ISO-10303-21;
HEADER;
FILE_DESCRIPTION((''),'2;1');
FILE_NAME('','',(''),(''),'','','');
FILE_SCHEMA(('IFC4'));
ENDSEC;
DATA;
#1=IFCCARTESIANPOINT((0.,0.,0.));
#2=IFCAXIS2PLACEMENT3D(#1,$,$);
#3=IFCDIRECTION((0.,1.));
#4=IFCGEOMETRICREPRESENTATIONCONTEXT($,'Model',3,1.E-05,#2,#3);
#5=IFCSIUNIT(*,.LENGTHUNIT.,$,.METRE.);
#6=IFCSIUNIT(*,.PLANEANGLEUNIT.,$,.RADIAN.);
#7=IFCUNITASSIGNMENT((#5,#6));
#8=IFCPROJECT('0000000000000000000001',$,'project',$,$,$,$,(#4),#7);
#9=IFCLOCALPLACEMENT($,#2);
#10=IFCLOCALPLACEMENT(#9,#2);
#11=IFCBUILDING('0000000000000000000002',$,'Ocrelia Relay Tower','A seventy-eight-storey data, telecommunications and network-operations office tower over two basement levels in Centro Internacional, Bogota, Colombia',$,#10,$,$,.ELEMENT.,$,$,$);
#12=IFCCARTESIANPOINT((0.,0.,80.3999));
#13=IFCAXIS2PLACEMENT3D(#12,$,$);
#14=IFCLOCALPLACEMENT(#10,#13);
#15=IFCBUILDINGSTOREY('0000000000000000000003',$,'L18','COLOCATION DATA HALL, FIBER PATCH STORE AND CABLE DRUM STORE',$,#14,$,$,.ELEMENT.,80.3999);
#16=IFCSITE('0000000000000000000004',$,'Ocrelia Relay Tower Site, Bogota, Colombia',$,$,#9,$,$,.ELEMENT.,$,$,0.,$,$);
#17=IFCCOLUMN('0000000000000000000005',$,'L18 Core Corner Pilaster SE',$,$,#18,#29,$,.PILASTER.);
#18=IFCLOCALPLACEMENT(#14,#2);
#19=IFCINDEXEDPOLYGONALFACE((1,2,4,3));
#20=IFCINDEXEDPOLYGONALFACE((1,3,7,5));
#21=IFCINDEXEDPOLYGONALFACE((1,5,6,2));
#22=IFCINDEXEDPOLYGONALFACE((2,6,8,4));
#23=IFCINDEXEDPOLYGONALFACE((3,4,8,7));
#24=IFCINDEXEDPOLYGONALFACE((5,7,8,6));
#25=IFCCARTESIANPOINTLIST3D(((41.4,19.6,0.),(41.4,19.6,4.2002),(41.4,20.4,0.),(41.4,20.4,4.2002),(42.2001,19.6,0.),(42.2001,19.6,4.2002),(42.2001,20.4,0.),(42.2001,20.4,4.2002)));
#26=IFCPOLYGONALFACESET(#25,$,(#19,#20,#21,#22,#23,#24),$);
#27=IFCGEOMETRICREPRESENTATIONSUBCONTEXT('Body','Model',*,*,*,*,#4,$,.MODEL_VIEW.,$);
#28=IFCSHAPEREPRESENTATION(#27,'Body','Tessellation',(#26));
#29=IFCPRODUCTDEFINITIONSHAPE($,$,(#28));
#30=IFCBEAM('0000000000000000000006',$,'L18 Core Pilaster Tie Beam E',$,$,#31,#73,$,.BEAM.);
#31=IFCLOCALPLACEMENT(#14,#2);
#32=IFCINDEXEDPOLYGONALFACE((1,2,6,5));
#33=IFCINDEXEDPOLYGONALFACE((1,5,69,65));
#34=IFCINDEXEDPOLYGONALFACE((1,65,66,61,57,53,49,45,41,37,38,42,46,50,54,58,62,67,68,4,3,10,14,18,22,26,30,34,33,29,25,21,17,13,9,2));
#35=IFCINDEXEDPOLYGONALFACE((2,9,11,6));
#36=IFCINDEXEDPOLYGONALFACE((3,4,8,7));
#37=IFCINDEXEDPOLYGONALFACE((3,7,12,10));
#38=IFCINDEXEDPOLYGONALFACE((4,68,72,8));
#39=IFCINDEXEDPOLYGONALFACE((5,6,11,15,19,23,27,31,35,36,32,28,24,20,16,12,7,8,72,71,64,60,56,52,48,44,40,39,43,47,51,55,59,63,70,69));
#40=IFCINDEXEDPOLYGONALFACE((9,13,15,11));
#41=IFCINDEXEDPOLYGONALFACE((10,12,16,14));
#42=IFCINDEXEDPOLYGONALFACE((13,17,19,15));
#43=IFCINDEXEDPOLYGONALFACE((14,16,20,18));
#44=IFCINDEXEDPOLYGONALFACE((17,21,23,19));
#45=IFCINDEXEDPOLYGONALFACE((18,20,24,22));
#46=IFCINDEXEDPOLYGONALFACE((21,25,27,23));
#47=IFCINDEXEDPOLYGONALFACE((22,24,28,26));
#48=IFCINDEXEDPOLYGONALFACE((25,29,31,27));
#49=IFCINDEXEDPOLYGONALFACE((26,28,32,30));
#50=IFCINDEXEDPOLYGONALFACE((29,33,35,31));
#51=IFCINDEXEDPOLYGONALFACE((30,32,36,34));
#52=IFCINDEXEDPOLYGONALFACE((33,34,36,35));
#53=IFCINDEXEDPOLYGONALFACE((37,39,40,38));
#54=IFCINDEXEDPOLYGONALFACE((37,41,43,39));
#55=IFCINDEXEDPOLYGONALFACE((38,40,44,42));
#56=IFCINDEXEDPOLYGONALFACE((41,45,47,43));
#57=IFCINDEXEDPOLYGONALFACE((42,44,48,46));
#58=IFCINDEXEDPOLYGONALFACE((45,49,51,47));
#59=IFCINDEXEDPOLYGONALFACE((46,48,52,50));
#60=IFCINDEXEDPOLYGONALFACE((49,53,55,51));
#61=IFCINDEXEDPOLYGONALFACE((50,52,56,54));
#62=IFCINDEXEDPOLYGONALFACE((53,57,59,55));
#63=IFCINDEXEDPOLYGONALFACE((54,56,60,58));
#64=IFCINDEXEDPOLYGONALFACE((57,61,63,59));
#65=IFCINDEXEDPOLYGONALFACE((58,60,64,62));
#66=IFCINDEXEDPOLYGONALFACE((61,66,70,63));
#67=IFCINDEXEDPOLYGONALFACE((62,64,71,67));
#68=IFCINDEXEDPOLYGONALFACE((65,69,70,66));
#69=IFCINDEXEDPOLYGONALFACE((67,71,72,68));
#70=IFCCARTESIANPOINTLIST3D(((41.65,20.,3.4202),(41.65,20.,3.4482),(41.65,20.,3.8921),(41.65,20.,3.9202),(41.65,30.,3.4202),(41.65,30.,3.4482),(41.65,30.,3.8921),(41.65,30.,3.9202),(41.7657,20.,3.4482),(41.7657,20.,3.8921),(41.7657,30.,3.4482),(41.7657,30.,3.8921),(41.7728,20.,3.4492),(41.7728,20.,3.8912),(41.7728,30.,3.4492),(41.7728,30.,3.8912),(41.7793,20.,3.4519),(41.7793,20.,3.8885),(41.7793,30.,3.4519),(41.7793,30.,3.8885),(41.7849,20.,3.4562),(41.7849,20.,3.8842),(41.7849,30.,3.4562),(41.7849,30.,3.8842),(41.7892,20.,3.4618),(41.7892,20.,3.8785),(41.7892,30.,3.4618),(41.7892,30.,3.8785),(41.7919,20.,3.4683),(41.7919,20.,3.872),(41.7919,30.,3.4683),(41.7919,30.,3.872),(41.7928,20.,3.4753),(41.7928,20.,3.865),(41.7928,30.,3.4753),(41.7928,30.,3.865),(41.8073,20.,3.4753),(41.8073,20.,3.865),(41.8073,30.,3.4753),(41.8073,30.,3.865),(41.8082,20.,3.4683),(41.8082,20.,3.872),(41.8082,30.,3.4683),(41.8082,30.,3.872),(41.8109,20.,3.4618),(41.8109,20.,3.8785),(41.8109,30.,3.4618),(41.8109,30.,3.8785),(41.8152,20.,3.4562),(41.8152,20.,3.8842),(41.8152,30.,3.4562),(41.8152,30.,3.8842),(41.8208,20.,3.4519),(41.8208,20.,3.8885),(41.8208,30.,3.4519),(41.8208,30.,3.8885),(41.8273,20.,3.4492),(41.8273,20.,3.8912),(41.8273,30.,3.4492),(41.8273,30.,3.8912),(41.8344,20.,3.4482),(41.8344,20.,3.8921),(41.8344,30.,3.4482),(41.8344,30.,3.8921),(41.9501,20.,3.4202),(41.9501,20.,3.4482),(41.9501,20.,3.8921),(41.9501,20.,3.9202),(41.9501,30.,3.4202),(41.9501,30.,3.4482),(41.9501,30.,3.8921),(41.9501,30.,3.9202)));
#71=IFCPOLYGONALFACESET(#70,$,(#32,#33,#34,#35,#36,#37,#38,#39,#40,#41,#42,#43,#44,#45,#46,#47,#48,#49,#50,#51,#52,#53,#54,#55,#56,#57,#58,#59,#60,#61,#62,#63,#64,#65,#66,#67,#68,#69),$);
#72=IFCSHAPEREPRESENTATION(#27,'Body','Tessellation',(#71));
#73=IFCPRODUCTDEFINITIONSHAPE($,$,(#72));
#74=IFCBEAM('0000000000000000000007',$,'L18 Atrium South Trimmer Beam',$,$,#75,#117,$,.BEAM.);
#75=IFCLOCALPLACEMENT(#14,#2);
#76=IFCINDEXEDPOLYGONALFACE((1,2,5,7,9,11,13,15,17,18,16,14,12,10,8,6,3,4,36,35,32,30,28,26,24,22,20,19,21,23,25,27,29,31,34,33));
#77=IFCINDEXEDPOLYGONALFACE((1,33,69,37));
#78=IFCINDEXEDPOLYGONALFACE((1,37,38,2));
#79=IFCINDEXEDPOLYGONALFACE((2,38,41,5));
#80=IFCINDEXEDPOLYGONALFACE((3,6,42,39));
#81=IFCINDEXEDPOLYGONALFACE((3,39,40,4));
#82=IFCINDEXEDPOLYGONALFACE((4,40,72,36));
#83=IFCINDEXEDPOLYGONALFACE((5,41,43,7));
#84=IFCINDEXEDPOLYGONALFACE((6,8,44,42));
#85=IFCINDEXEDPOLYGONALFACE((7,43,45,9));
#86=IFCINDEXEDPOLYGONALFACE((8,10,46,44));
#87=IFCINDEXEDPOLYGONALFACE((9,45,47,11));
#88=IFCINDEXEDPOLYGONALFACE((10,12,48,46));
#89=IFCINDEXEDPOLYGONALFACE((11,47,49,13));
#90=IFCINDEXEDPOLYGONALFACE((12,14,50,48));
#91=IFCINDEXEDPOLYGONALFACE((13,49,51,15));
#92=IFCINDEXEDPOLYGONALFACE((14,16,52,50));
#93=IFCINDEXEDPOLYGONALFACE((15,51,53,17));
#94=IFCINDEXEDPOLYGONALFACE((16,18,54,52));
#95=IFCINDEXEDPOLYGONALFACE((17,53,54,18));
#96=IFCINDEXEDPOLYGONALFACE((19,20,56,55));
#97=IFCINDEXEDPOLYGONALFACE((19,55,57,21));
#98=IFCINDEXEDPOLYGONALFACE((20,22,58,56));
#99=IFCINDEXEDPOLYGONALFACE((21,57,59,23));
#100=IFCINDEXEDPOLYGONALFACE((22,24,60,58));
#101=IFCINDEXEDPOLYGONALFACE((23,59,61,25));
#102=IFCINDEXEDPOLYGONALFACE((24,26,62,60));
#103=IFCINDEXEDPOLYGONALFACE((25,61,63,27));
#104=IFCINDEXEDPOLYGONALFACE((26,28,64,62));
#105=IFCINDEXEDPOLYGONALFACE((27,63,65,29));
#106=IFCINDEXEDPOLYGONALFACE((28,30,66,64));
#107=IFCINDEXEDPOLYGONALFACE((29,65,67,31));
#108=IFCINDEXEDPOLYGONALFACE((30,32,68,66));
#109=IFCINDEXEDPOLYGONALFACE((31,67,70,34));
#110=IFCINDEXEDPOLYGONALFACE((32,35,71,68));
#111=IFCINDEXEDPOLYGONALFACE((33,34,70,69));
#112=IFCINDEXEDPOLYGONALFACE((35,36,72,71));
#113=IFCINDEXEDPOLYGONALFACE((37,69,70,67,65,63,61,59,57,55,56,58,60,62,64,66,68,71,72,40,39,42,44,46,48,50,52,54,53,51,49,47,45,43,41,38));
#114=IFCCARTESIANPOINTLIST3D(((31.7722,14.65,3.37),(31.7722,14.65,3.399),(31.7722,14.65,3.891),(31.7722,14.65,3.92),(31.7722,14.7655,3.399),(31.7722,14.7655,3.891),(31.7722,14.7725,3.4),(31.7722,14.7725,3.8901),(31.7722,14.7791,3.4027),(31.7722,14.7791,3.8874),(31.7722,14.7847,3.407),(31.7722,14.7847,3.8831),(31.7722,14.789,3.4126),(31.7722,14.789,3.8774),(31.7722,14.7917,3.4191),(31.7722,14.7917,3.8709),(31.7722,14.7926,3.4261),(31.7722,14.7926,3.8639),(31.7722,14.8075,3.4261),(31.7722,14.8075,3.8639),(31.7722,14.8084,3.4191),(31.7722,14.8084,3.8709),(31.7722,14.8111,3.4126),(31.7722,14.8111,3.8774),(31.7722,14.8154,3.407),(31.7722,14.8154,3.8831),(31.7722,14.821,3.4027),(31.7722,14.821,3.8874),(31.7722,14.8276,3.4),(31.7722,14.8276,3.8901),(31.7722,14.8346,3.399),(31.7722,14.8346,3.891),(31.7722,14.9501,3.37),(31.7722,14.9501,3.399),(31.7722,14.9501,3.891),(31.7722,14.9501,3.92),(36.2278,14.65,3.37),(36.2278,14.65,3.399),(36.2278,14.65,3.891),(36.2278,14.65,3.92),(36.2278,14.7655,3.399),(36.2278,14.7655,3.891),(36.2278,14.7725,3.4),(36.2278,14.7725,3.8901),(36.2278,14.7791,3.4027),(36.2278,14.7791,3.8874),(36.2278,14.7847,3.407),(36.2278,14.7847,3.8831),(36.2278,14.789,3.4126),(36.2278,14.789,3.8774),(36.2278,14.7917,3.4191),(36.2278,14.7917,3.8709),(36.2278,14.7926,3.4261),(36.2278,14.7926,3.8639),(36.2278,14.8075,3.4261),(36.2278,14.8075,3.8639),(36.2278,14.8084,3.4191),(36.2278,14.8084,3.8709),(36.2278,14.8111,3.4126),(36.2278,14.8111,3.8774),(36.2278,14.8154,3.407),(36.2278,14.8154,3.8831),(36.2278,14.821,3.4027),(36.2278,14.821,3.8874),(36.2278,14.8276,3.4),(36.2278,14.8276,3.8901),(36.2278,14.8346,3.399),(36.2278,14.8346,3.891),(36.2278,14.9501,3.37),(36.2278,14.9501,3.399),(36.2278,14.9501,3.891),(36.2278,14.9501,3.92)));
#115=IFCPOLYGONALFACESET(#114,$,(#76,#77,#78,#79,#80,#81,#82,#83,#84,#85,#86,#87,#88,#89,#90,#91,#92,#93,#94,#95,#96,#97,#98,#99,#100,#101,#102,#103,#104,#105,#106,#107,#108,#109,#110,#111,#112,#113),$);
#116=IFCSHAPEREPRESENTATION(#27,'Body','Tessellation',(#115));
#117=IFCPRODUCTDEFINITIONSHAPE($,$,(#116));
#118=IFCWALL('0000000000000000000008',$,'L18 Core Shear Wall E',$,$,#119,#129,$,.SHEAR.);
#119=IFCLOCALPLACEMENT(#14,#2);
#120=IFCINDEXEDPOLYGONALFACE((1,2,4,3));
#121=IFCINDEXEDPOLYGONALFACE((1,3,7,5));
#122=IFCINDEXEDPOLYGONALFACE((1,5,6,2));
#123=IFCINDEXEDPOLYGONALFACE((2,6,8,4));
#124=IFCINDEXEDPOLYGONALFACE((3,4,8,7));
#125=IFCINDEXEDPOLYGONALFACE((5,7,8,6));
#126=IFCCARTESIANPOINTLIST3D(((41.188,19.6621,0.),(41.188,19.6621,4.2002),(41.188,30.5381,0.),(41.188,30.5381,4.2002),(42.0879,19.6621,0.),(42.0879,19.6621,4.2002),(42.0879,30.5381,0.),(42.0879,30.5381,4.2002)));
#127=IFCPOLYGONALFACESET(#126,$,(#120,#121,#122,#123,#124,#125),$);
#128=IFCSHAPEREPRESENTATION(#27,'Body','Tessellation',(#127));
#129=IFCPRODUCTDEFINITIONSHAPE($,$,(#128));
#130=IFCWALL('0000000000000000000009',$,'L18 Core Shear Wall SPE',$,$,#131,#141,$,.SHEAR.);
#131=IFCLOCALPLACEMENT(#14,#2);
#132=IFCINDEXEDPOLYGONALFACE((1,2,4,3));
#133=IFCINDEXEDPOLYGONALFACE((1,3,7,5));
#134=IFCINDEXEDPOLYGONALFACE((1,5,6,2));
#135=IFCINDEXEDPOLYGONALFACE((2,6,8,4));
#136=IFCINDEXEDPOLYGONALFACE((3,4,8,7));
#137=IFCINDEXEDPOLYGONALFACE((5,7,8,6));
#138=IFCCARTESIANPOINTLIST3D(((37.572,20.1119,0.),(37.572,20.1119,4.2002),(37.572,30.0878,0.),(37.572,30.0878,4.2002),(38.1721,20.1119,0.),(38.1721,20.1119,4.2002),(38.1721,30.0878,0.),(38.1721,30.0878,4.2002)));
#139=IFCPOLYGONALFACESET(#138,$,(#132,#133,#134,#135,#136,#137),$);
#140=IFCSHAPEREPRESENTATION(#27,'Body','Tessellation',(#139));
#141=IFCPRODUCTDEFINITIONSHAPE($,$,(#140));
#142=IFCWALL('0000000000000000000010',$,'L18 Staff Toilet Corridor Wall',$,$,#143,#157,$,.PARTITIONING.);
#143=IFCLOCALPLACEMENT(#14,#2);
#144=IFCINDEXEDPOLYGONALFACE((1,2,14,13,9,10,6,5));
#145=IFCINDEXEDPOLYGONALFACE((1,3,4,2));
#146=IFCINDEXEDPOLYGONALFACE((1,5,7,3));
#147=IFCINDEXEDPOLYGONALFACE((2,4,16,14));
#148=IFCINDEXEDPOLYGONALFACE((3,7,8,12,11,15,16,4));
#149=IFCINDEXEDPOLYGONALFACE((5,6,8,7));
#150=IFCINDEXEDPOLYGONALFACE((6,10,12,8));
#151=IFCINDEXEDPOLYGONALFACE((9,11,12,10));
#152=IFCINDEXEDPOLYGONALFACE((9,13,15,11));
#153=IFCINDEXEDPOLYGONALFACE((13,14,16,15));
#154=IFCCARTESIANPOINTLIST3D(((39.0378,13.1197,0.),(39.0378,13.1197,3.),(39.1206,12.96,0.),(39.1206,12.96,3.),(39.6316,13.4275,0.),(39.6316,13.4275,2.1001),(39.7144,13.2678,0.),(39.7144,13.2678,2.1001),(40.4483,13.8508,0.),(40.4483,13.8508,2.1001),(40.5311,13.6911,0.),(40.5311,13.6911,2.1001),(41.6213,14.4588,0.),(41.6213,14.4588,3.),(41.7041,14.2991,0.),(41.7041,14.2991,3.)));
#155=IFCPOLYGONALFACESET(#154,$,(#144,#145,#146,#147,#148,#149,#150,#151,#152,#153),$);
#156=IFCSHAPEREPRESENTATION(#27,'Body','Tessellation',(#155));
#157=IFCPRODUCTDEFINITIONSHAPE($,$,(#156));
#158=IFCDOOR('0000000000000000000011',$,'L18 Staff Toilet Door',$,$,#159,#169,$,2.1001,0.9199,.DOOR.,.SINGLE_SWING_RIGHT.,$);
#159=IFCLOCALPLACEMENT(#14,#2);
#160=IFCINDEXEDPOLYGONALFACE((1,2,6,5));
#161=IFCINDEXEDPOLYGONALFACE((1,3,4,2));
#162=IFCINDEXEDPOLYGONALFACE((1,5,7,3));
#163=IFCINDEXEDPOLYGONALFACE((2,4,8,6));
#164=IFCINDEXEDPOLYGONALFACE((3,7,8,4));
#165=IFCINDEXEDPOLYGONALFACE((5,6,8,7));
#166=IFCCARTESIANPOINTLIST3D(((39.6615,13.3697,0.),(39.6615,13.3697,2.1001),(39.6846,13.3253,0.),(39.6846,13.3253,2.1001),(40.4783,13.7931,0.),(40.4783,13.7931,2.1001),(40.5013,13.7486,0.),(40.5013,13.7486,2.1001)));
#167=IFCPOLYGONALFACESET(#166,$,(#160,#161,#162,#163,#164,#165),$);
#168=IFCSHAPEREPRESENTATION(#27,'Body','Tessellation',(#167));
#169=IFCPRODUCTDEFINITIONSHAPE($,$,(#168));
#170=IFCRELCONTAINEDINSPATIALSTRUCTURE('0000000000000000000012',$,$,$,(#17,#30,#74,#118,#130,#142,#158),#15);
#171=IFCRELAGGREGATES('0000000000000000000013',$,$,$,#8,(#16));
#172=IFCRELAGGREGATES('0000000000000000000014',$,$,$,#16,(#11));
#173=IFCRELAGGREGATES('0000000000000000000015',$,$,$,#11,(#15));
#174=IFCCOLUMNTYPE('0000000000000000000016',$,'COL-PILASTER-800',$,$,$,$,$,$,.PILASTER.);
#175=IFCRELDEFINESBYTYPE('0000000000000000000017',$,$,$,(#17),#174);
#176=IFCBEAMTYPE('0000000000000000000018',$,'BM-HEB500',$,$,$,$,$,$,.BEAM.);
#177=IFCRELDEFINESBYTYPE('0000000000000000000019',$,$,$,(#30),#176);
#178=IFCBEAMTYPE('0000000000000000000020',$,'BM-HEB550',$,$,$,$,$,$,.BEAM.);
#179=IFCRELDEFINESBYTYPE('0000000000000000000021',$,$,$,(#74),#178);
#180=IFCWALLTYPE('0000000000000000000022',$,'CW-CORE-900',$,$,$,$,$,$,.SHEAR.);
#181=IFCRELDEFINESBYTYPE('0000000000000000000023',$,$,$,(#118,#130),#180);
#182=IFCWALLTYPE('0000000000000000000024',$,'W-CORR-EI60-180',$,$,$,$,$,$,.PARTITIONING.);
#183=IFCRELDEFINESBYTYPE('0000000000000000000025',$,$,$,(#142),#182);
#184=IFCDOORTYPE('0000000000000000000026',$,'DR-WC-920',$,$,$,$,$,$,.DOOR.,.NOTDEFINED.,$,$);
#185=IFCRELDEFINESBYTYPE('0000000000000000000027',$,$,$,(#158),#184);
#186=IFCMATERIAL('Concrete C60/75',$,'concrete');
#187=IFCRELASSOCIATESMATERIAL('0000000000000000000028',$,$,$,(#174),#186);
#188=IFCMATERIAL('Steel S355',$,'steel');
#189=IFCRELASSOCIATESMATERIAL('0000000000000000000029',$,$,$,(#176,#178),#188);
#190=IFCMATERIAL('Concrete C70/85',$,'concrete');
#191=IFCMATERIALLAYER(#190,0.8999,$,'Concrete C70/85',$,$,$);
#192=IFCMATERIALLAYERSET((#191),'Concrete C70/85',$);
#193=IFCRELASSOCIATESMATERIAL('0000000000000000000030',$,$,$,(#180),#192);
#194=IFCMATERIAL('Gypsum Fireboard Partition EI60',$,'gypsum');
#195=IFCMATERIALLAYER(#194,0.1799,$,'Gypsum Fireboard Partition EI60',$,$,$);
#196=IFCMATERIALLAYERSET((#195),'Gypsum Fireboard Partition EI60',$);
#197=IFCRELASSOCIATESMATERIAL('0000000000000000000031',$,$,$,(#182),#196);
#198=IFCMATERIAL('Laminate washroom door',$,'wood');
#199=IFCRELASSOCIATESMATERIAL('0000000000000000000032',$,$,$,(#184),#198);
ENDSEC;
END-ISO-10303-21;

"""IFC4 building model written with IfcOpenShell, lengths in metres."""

from ifc_helpers import new_model, si_unit, direction, frame, frame_2d, origin, origin_2d, place, context, subcontext, project, spatial, rectangle, i_section, extrude, material, layer, layer_set, material_profile, profile_set, type_object, element, fill, save


model = new_model("IFC4")

# Units and contexts
model_context = context("Model", 3, precision=1e-05, world=origin(), true_north=direction((0.0, 1.0)))
body_context = subcontext(model_context, "Body", "Model", "MODEL_VIEW")
ifc_project = project(units=[si_unit("LENGTHUNIT", "METRE"), si_unit("PLANEANGLEUNIT", "RADIAN")], contexts=[model_context])

# Site, building, storey
site_placement = place(None, origin())
site = spatial("IfcSite", under=ifc_project, at=site_placement, Name="Ocrelia Relay Tower Site, Bogota, Colombia", CompositionType="ELEMENT", RefElevation=0.0)
building_placement = place(site_placement, origin())
building = spatial("IfcBuilding", under=site, at=building_placement, Name="Ocrelia Relay Tower", Description="A seventy-eight-storey data, telecommunications and network-operations office tower over two basement levels in Centro Internacional, Bogota, Colombia", CompositionType="ELEMENT")
storey_placement = place(building_placement, frame((0.0, 0.0, 80.3999)))
storey = spatial("IfcBuildingStorey", under=building, at=storey_placement, Name="L18", Description="COLOCATION DATA HALL, FIBER PATCH STORE AND CABLE DRUM STORE", CompositionType="ELEMENT", Elevation=80.3999)

# Column
ifc_material_1 = material(Name="Concrete C60/75", Category="concrete")
ifc_material_profile_1 = material_profile(ifc_material_1, rectangle(XDim=0.8, YDim=0.8, at=origin_2d()), Name="RC-COL-800x800")
ifc_profile_set_1 = profile_set([ifc_material_profile_1], Name="Concrete C60/75")
column_type = type_object("IfcColumnType", Name="COL-PILASTER-800", PredefinedType="PILASTER", material=ifc_profile_set_1)
column_placement = place(storey_placement, frame((41.8, 20.0, 0.0), z_axis=(0.0, 0.0, 1.0), x_axis=(1.0, 0.0, 0.0)))
element("IfcColumn", 1, at=column_placement, inside=storey, type_object=column_type, Name="L18 Core Corner Pilaster SE", PredefinedType="PILASTER", context=body_context, shape_type="SweptSolid", body=[
    extrude(rectangle(XDim=0.8, YDim=0.8, at=origin_2d()), origin(), (0.0, 0.0, 1.0), 4.2002),
])

# Beams
ifc_material_2 = material(Name="Steel S355", Category="steel")
ifc_material_profile_2 = material_profile(ifc_material_2, i_section(OverallWidth=0.3, OverallDepth=0.5, WebThickness=0.0144, FlangeThickness=0.0281, FilletRadius=0.0271, at=origin_2d()), Name="HEB 500")
ifc_profile_set_2 = profile_set([ifc_material_profile_2], Name="Steel S355")
beam_type_1 = type_object("IfcBeamType", Name="BM-HEB500", PredefinedType="BEAM", material=ifc_profile_set_2)
beam_1_placement = place(storey_placement, frame((41.8, 20.0, 3.6702), z_axis=(0.0, 1.0, 0.0), x_axis=(-1.0, 0.0, 0.0)))
element("IfcBeam", 2, at=beam_1_placement, inside=storey, type_object=beam_type_1, Name="L18 Core Pilaster Tie Beam E", PredefinedType="BEAM", context=body_context, shape_type="SweptSolid", body=[
    extrude(i_section(OverallWidth=0.3, OverallDepth=0.5, WebThickness=0.0144, FlangeThickness=0.0281, FilletRadius=0.0271, at=origin_2d()), origin(), (0.0, 0.0, 1.0), 10.0),
])
ifc_material_profile_3 = material_profile(ifc_material_2, i_section(OverallWidth=0.3, OverallDepth=0.55, WebThickness=0.0149, FlangeThickness=0.0291, FilletRadius=0.0271, at=origin_2d()), Name="HEB 550")
ifc_profile_set_3 = profile_set([ifc_material_profile_3], Name="Steel S355")
beam_type_2 = type_object("IfcBeamType", Name="BM-HEB550", PredefinedType="BEAM", material=ifc_profile_set_3)
beam_2_placement = place(storey_placement, frame((31.7722, 14.8, 3.645), z_axis=(1.0, 0.0, 0.0), x_axis=(0.0, 1.0, 0.0)))
element("IfcBeam", 3, at=beam_2_placement, inside=storey, type_object=beam_type_2, Name="L18 Atrium South Trimmer Beam", PredefinedType="BEAM", context=body_context, shape_type="SweptSolid", body=[
    extrude(i_section(OverallWidth=0.3, OverallDepth=0.55, WebThickness=0.0149, FlangeThickness=0.0291, FilletRadius=0.0271, at=origin_2d()), origin(), (0.0, 0.0, 1.0), 4.4556),
])

# Walls
ifc_material_3 = material(Name="Concrete C70/85", Category="concrete")
ifc_layer_1 = layer(ifc_material_3, 0.8999, Name="Concrete C70/85")
ifc_layer_set_1 = layer_set([ifc_layer_1], Name="Concrete C70/85")
wall_type_1 = type_object("IfcWallType", Name="CW-CORE-900", PredefinedType="SHEAR", material=ifc_layer_set_1)
wall_1_placement = place(storey_placement, frame((41.6379, 19.6621, 0.0), z_axis=(0.0, 0.0, 1.0), x_axis=(0.0, 1.0, 0.0)))
element("IfcWall", 4, at=wall_1_placement, inside=storey, type_object=wall_type_1, Name="L18 Core Shear Wall E", PredefinedType="SHEAR", context=body_context, shape_type="SweptSolid", body=[
    extrude(rectangle(XDim=10.876, YDim=0.8999, at=frame_2d((5.438, 0.0))), origin(), (0.0, 0.0, 1.0), 4.2002),
])
wall_2_placement = place(storey_placement, frame((37.8721, 20.1121, 0.0), z_axis=(0.0, 0.0, 1.0), x_axis=(0.0, 1.0, 0.0)))
element("IfcWall", 5, at=wall_2_placement, inside=storey, type_object=wall_type_1, Name="L18 Core Shear Wall SPE", PredefinedType="SHEAR", context=body_context, shape_type="SweptSolid", body=[
    extrude(rectangle(XDim=9.9758, YDim=0.6001, at=frame_2d((4.9878, 0.0))), origin(), (0.0, 0.0, 1.0), 4.2002),
])

# Wall, opening, door
ifc_material_4 = material(Name="Gypsum Fireboard Partition EI60", Category="gypsum")
ifc_layer_2 = layer(ifc_material_4, 0.1799, Name="Gypsum Fireboard Partition EI60")
ifc_layer_set_2 = layer_set([ifc_layer_2], Name="Gypsum Fireboard Partition EI60")
wall_type_2 = type_object("IfcWallType", Name="W-CORR-EI60-180", PredefinedType="PARTITIONING", material=ifc_layer_set_2)
wall_3_placement = place(storey_placement, frame((39.0791, 13.0398, 0.0), z_axis=(0.0, 0.0, 1.0), x_axis=(0.887822, 0.460187, 0.0)))
wall_3 = element("IfcWall", 6, at=wall_3_placement, inside=storey, type_object=wall_type_2, Name="L18 Staff Toilet Corridor Wall", PredefinedType="PARTITIONING", context=body_context, shape_type="SweptSolid", body=[
    extrude(rectangle(XDim=2.9099, YDim=0.1799, at=frame_2d((1.4551, 0.0))), origin(), (0.0, 0.0, 1.0), 3.0),
])
opening_1_placement = place(wall_3_placement, frame((0.6689, 0.0, 0.0)))
opening_1 = element("IfcOpeningElement", 7, at=opening_1_placement, cuts=wall_3, PredefinedType="OPENING", context=body_context, shape_type="SweptSolid", body=[
    extrude(rectangle(XDim=0.9199, YDim=2.1001, at=frame_2d((0.46, 1.05))), frame((0.0, 0.1001, 0.0), z_axis=(0.0, -1.0, 0.0), x_axis=(1.0, 0.0, 0.0)), (0.0, 0.0, 1.0), 0.2),
])
ifc_material_5 = material(Name="Laminate washroom door", Category="wood")
door_type_1 = type_object("IfcDoorType", Name="DR-WC-920", OperationType="NOTDEFINED", PredefinedType="DOOR", material=ifc_material_5)
door_1_placement = place(opening_1_placement, origin())
door_1 = element("IfcDoor", 8, at=door_1_placement, inside=storey, type_object=door_type_1, Name="L18 Staff Toilet Door", OperationType="SINGLE_SWING_RIGHT", OverallHeight=2.1001, OverallWidth=0.9199, PredefinedType="DOOR", context=body_context, shape_type="SweptSolid", body=[
    extrude(rectangle(XDim=0.9199, YDim=2.1001, at=frame_2d((0.46, 1.05))), frame((0.0, 0.0249, 0.0), z_axis=(0.0, -1.0, 0.0), x_axis=(1.0, 0.0, 0.0)), (0.0, 0.0, 1.0), 0.05),
])
fill(opening_1, door_1)

save(model, "model.ifc")
